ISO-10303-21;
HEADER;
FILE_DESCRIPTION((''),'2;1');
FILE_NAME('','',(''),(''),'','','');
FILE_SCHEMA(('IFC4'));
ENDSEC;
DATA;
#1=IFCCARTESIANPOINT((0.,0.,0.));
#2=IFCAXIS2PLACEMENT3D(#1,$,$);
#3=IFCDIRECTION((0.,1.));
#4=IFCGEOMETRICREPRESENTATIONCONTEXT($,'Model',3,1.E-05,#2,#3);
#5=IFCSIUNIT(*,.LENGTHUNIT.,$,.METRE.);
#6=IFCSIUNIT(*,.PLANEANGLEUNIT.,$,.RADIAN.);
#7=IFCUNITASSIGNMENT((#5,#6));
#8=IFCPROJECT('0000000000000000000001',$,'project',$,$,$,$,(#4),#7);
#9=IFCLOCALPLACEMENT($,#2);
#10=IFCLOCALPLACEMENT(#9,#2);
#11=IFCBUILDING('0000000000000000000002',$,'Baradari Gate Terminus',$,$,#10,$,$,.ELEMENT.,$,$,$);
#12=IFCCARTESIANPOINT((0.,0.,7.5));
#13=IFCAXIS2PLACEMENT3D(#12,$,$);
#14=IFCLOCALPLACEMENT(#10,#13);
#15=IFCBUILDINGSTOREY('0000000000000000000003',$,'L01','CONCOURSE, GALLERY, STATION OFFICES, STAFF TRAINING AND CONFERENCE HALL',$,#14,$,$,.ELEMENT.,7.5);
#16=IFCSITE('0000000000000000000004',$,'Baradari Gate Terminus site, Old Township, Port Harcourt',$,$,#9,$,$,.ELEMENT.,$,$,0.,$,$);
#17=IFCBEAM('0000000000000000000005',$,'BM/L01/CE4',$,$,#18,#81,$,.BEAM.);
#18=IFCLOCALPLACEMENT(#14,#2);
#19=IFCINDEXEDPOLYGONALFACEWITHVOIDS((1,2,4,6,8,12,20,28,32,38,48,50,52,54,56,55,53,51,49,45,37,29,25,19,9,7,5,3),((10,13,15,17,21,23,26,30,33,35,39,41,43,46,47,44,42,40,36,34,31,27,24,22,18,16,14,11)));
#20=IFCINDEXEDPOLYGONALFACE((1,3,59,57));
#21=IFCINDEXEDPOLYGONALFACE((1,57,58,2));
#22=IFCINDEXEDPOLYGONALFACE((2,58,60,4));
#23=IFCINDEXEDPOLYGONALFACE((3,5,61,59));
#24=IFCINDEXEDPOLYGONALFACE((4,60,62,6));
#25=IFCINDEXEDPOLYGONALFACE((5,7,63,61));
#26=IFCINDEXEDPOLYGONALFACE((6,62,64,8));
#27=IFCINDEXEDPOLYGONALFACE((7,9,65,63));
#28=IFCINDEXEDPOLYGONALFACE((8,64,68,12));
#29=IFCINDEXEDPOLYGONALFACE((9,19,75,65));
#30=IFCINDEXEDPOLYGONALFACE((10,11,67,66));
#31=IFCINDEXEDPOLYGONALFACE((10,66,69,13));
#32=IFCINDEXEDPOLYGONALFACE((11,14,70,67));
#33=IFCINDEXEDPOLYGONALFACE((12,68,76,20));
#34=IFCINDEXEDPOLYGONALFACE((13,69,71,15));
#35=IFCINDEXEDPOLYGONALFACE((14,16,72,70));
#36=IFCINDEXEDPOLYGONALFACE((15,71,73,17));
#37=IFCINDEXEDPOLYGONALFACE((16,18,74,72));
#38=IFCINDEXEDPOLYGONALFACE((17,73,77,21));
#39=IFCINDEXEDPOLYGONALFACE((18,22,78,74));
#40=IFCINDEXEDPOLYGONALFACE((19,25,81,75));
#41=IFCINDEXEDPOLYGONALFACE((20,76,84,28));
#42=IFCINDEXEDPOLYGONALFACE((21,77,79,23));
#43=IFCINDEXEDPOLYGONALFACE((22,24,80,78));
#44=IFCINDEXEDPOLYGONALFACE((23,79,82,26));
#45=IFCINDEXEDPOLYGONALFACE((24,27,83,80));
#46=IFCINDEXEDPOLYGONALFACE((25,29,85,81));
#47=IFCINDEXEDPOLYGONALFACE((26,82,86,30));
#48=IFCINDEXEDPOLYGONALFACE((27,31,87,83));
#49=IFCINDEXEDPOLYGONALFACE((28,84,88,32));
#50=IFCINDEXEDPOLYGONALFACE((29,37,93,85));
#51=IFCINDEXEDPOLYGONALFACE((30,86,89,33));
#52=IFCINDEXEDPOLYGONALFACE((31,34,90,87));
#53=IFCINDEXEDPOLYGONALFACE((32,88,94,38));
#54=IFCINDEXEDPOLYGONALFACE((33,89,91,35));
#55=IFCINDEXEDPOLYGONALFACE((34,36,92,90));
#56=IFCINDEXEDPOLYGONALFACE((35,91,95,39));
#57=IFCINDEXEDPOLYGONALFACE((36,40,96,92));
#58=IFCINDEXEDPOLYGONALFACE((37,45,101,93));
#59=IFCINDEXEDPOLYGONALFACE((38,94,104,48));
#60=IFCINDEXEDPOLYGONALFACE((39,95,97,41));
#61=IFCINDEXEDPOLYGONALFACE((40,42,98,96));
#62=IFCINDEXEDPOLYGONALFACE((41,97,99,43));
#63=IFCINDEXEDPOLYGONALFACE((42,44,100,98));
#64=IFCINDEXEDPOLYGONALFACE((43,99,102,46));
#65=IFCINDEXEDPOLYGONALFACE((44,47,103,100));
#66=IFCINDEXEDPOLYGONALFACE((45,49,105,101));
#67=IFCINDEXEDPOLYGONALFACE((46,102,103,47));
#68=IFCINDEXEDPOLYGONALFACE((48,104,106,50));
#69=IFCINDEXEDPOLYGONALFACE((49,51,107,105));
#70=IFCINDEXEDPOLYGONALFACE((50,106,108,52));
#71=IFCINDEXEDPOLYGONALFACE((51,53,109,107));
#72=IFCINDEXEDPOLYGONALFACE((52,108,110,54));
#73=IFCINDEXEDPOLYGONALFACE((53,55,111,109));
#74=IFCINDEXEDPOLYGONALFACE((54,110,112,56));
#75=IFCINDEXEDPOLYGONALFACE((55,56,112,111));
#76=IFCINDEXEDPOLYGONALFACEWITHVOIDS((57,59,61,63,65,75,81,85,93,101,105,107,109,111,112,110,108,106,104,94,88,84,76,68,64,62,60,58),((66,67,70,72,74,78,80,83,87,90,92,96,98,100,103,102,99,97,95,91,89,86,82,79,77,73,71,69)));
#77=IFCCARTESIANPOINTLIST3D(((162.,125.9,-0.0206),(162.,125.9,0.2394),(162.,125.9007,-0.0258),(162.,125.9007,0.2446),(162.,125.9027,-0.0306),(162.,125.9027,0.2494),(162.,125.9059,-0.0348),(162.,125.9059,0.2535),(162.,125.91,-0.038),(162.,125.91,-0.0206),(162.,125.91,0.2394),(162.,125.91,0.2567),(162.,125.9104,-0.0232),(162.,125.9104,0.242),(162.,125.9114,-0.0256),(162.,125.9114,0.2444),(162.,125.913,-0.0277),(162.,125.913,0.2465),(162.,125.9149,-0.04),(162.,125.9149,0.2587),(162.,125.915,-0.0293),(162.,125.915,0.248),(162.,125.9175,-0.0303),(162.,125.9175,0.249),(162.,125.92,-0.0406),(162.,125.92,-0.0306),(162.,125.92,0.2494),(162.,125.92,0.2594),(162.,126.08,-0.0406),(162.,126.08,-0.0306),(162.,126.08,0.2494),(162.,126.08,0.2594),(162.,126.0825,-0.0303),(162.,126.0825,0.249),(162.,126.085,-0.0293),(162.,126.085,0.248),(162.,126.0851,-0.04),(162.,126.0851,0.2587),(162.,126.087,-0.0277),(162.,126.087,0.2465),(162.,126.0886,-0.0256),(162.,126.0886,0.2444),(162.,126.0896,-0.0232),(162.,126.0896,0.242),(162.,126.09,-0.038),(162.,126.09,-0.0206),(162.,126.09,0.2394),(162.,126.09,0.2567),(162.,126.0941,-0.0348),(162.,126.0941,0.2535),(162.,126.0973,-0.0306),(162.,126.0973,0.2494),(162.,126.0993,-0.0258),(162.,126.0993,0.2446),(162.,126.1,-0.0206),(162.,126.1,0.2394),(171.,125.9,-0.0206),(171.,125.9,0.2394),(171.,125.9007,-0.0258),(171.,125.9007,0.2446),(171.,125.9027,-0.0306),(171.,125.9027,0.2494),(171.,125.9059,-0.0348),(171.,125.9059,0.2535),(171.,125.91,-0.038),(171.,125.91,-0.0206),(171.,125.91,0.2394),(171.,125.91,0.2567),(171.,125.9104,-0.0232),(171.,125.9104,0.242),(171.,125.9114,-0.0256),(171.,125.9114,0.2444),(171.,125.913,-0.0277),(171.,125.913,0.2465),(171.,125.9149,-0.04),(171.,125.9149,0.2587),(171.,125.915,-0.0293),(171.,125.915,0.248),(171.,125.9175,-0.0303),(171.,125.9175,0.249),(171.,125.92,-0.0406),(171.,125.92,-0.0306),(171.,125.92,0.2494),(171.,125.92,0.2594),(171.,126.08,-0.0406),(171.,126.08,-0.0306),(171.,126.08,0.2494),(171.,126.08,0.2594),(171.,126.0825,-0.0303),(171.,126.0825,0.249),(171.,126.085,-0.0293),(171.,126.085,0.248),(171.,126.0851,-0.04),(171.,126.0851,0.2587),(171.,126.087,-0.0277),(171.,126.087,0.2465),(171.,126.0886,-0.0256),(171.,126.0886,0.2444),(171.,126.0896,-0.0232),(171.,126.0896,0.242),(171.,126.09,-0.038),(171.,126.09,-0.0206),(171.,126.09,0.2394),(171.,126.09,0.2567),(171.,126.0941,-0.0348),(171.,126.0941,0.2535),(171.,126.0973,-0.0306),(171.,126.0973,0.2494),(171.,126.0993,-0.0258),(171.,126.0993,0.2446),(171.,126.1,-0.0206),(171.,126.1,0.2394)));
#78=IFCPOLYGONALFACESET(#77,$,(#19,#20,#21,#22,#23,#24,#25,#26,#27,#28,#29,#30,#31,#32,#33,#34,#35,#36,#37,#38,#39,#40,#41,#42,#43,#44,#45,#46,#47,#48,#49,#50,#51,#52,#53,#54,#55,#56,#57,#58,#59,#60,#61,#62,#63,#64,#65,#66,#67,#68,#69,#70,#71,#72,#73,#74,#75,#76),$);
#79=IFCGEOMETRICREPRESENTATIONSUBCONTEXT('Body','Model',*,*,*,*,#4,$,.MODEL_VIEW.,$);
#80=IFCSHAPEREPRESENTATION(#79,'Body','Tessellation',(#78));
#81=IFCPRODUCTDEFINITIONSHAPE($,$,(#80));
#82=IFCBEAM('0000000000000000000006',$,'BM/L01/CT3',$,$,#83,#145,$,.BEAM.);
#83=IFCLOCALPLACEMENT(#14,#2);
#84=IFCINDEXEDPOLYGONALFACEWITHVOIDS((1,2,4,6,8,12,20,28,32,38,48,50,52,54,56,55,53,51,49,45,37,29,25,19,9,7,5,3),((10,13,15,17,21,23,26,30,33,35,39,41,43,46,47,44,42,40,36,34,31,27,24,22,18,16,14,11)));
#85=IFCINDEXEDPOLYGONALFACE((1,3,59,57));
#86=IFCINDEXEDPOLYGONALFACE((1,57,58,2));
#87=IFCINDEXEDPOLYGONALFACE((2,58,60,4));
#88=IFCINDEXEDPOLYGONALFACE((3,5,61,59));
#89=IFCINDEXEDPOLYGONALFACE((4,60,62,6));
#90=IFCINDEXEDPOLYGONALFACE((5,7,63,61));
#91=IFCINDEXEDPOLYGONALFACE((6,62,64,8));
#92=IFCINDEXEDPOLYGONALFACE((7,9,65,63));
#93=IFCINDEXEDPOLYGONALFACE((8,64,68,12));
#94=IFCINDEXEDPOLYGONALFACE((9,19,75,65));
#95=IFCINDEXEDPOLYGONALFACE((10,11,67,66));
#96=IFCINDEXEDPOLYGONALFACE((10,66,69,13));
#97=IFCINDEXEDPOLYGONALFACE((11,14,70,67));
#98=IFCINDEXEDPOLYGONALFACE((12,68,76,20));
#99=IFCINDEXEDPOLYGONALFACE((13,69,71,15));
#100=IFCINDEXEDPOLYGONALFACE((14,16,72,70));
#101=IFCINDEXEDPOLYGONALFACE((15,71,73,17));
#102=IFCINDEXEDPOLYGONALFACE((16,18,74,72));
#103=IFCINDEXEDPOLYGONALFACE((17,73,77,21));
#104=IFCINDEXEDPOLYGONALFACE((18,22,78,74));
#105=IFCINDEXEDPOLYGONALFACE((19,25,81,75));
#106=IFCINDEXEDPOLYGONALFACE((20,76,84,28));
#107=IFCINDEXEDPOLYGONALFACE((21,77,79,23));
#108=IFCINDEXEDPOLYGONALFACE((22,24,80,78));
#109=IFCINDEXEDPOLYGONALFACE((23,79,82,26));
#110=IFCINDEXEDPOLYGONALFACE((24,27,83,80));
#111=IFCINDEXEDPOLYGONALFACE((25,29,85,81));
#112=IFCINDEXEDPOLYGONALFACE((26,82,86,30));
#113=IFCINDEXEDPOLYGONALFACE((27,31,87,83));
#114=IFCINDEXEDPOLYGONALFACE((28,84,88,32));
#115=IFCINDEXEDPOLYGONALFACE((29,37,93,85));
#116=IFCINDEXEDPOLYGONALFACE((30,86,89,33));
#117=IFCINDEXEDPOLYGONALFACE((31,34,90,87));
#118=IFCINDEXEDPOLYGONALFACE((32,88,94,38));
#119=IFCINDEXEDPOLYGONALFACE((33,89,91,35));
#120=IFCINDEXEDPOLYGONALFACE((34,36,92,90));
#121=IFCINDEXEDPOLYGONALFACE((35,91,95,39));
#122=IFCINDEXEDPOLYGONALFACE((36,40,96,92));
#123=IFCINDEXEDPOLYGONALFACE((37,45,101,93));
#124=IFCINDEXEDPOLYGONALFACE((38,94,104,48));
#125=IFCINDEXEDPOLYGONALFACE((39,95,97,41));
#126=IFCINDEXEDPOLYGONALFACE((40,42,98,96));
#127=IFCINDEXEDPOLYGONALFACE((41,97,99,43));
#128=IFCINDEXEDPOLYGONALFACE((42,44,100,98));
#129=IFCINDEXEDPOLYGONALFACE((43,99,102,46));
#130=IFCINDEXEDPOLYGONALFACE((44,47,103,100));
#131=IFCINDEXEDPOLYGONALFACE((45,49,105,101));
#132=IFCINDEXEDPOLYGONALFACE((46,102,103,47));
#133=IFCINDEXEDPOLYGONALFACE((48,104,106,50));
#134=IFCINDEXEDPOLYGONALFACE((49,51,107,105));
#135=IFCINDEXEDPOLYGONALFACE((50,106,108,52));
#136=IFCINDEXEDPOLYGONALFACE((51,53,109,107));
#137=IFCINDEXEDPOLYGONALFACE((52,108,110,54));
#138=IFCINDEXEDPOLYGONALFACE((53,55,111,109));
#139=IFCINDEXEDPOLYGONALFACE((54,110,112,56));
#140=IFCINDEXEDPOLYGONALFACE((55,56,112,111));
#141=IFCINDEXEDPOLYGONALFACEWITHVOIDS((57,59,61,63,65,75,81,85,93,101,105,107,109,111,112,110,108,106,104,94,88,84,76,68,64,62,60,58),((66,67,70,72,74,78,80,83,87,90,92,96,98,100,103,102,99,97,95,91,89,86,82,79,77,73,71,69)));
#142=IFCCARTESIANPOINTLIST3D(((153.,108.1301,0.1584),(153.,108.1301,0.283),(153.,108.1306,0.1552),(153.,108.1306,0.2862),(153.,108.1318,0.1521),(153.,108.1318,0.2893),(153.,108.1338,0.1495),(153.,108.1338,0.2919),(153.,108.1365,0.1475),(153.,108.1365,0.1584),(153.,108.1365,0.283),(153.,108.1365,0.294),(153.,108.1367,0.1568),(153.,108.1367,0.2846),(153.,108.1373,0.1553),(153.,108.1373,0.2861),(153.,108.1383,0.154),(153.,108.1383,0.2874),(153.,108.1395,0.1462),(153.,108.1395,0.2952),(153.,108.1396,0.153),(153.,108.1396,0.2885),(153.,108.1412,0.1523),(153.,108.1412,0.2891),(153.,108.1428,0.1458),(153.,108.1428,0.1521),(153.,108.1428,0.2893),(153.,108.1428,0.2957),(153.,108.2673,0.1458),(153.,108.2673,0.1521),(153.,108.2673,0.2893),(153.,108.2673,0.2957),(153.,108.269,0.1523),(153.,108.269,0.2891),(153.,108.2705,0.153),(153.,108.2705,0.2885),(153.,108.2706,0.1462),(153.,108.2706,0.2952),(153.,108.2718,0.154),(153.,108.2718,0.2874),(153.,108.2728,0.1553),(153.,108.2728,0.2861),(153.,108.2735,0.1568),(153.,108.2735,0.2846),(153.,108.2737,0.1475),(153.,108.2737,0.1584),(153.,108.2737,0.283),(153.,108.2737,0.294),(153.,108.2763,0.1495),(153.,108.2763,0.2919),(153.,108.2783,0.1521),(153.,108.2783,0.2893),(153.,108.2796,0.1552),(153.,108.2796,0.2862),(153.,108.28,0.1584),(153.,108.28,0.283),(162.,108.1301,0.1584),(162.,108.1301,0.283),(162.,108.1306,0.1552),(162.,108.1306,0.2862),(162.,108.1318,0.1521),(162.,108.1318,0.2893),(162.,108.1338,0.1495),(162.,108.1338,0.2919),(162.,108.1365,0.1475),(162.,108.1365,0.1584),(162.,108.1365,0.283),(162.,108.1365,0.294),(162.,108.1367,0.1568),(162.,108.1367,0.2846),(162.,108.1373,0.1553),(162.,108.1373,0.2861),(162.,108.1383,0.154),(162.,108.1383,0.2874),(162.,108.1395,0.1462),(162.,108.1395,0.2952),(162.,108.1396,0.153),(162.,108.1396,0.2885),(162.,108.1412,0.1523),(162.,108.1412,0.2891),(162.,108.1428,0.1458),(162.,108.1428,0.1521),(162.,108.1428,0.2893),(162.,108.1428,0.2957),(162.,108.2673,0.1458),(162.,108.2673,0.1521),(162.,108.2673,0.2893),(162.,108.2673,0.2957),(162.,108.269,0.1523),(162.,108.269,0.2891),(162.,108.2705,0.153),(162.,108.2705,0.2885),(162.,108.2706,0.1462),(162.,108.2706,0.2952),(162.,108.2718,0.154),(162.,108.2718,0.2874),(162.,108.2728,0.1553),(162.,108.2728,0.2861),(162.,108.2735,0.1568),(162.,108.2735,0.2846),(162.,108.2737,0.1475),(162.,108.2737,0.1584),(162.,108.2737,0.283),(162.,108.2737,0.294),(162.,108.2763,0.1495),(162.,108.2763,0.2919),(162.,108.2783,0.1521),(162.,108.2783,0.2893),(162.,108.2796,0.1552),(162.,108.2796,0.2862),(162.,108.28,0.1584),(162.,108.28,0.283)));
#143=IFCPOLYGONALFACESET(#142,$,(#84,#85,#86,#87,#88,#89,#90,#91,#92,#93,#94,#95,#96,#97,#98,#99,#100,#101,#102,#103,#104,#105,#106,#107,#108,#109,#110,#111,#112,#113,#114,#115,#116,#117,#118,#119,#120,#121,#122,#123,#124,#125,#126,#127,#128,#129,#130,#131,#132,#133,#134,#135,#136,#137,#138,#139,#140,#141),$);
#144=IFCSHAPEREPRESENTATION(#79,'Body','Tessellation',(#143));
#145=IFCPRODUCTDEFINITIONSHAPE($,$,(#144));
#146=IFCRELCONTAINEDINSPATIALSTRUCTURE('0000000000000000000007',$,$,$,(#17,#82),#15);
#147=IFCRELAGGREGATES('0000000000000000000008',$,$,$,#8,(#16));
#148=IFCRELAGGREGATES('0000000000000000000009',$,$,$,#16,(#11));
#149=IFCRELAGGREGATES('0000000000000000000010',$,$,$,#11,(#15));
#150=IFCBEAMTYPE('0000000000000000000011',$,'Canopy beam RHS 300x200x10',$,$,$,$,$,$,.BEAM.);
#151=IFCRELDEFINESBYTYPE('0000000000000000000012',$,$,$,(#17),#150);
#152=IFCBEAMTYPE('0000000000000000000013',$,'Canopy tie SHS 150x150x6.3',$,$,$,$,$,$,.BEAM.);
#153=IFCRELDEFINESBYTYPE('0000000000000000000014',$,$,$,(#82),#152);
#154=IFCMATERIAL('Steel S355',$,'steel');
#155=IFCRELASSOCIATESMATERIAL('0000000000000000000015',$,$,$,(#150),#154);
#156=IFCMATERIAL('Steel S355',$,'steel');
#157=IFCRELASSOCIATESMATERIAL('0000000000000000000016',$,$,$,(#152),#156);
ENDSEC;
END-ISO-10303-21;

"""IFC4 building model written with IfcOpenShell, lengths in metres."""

from ifc_helpers import new_model, si_unit, direction, frame, origin, origin_2d, place, context, subcontext, project, spatial, hollow_rectangle, extrude, material, material_profile, profile_set, type_object, element, save


model = new_model("IFC4")

# Units and contexts
model_context = context("Model", 3, precision=1e-05, world=origin(), true_north=direction((0.0, 1.0)))
body_context = subcontext(model_context, "Body", "Model", "MODEL_VIEW")
ifc_project = project(units=[si_unit("LENGTHUNIT", "METRE"), si_unit("PLANEANGLEUNIT", "RADIAN")], contexts=[model_context])

# Site, building, storey
site_placement = place(None, origin())
site = spatial("IfcSite", under=ifc_project, at=site_placement, Name="Baradari Gate Terminus site, Old Township, Port Harcourt", CompositionType="ELEMENT", RefElevation=0.0)
building_placement = place(site_placement, origin())
building = spatial("IfcBuilding", under=site, at=building_placement, Name="Baradari Gate Terminus", CompositionType="ELEMENT")
storey_placement = place(building_placement, frame((0.0, 0.0, 7.5)))
storey = spatial("IfcBuildingStorey", under=building, at=storey_placement, Name="L01", Description="CONCOURSE, GALLERY, STATION OFFICES, STAFF TRAINING AND CONFERENCE HALL", CompositionType="ELEMENT", Elevation=7.5)

# Beams
ifc_material_1 = material(Name="Steel S355", Category="steel")
ifc_material_profile_1 = material_profile(ifc_material_1, hollow_rectangle(XDim=0.2, YDim=0.3, WallThickness=0.01, InnerFilletRadius=0.01, OuterFilletRadius=0.02, at=origin_2d()), Name="RHS 300x200x10")
ifc_profile_set_1 = profile_set([ifc_material_profile_1], Name="Steel S355")
beam_type_1 = type_object("IfcBeamType", Name="Canopy beam RHS 300x200x10", PredefinedType="BEAM", material=ifc_profile_set_1)
for number, where, z_axis, x_axis, name in (
    (1, (162.0, 126.0, 0.1094), (1.0, 0.0, 0.0), (0.0, 1.0, 0.0), "BM/L01/CE4"),
):
    element("IfcBeam", number, at=place(storey_placement, frame(where, z_axis=z_axis, x_axis=x_axis)), inside=storey, type_object=beam_type_1, Name=name, PredefinedType="BEAM", context=body_context, shape_type="SweptSolid", body=[
        extrude(hollow_rectangle(XDim=0.2, YDim=0.3, WallThickness=0.01, InnerFilletRadius=0.01, OuterFilletRadius=0.02, at=origin_2d()), origin(), (0.0, 0.0, 1.0), 9.0),
    ])
ifc_material_2 = material(Name="Steel S355", Category="steel")
ifc_material_profile_2 = material_profile(ifc_material_2, hollow_rectangle(XDim=0.1499, YDim=0.1499, WallThickness=0.0063, InnerFilletRadius=0.0063, OuterFilletRadius=0.0127, at=origin_2d()), Name="SHS 150x150x6.3")
ifc_profile_set_2 = profile_set([ifc_material_profile_2], Name="Steel S355")
beam_type_2 = type_object("IfcBeamType", Name="Canopy tie SHS 150x150x6.3", PredefinedType="BEAM", material=ifc_profile_set_2)
beam_1_placement = place(storey_placement, frame((153.0, 108.2051, 0.2207), z_axis=(1.0, 0.0, 0.0), x_axis=(0.0, 1.0, 0.0)))
element("IfcBeam", 2, at=beam_1_placement, inside=storey, type_object=beam_type_2, Name="BM/L01/CT3", PredefinedType="BEAM", context=body_context, shape_type="SweptSolid", body=[
    extrude(hollow_rectangle(XDim=0.1499, YDim=0.1499, WallThickness=0.0063, InnerFilletRadius=0.0063, OuterFilletRadius=0.0127, at=origin_2d()), origin(), (0.0, 0.0, 1.0), 9.0),
])

save(model, "model.ifc")
